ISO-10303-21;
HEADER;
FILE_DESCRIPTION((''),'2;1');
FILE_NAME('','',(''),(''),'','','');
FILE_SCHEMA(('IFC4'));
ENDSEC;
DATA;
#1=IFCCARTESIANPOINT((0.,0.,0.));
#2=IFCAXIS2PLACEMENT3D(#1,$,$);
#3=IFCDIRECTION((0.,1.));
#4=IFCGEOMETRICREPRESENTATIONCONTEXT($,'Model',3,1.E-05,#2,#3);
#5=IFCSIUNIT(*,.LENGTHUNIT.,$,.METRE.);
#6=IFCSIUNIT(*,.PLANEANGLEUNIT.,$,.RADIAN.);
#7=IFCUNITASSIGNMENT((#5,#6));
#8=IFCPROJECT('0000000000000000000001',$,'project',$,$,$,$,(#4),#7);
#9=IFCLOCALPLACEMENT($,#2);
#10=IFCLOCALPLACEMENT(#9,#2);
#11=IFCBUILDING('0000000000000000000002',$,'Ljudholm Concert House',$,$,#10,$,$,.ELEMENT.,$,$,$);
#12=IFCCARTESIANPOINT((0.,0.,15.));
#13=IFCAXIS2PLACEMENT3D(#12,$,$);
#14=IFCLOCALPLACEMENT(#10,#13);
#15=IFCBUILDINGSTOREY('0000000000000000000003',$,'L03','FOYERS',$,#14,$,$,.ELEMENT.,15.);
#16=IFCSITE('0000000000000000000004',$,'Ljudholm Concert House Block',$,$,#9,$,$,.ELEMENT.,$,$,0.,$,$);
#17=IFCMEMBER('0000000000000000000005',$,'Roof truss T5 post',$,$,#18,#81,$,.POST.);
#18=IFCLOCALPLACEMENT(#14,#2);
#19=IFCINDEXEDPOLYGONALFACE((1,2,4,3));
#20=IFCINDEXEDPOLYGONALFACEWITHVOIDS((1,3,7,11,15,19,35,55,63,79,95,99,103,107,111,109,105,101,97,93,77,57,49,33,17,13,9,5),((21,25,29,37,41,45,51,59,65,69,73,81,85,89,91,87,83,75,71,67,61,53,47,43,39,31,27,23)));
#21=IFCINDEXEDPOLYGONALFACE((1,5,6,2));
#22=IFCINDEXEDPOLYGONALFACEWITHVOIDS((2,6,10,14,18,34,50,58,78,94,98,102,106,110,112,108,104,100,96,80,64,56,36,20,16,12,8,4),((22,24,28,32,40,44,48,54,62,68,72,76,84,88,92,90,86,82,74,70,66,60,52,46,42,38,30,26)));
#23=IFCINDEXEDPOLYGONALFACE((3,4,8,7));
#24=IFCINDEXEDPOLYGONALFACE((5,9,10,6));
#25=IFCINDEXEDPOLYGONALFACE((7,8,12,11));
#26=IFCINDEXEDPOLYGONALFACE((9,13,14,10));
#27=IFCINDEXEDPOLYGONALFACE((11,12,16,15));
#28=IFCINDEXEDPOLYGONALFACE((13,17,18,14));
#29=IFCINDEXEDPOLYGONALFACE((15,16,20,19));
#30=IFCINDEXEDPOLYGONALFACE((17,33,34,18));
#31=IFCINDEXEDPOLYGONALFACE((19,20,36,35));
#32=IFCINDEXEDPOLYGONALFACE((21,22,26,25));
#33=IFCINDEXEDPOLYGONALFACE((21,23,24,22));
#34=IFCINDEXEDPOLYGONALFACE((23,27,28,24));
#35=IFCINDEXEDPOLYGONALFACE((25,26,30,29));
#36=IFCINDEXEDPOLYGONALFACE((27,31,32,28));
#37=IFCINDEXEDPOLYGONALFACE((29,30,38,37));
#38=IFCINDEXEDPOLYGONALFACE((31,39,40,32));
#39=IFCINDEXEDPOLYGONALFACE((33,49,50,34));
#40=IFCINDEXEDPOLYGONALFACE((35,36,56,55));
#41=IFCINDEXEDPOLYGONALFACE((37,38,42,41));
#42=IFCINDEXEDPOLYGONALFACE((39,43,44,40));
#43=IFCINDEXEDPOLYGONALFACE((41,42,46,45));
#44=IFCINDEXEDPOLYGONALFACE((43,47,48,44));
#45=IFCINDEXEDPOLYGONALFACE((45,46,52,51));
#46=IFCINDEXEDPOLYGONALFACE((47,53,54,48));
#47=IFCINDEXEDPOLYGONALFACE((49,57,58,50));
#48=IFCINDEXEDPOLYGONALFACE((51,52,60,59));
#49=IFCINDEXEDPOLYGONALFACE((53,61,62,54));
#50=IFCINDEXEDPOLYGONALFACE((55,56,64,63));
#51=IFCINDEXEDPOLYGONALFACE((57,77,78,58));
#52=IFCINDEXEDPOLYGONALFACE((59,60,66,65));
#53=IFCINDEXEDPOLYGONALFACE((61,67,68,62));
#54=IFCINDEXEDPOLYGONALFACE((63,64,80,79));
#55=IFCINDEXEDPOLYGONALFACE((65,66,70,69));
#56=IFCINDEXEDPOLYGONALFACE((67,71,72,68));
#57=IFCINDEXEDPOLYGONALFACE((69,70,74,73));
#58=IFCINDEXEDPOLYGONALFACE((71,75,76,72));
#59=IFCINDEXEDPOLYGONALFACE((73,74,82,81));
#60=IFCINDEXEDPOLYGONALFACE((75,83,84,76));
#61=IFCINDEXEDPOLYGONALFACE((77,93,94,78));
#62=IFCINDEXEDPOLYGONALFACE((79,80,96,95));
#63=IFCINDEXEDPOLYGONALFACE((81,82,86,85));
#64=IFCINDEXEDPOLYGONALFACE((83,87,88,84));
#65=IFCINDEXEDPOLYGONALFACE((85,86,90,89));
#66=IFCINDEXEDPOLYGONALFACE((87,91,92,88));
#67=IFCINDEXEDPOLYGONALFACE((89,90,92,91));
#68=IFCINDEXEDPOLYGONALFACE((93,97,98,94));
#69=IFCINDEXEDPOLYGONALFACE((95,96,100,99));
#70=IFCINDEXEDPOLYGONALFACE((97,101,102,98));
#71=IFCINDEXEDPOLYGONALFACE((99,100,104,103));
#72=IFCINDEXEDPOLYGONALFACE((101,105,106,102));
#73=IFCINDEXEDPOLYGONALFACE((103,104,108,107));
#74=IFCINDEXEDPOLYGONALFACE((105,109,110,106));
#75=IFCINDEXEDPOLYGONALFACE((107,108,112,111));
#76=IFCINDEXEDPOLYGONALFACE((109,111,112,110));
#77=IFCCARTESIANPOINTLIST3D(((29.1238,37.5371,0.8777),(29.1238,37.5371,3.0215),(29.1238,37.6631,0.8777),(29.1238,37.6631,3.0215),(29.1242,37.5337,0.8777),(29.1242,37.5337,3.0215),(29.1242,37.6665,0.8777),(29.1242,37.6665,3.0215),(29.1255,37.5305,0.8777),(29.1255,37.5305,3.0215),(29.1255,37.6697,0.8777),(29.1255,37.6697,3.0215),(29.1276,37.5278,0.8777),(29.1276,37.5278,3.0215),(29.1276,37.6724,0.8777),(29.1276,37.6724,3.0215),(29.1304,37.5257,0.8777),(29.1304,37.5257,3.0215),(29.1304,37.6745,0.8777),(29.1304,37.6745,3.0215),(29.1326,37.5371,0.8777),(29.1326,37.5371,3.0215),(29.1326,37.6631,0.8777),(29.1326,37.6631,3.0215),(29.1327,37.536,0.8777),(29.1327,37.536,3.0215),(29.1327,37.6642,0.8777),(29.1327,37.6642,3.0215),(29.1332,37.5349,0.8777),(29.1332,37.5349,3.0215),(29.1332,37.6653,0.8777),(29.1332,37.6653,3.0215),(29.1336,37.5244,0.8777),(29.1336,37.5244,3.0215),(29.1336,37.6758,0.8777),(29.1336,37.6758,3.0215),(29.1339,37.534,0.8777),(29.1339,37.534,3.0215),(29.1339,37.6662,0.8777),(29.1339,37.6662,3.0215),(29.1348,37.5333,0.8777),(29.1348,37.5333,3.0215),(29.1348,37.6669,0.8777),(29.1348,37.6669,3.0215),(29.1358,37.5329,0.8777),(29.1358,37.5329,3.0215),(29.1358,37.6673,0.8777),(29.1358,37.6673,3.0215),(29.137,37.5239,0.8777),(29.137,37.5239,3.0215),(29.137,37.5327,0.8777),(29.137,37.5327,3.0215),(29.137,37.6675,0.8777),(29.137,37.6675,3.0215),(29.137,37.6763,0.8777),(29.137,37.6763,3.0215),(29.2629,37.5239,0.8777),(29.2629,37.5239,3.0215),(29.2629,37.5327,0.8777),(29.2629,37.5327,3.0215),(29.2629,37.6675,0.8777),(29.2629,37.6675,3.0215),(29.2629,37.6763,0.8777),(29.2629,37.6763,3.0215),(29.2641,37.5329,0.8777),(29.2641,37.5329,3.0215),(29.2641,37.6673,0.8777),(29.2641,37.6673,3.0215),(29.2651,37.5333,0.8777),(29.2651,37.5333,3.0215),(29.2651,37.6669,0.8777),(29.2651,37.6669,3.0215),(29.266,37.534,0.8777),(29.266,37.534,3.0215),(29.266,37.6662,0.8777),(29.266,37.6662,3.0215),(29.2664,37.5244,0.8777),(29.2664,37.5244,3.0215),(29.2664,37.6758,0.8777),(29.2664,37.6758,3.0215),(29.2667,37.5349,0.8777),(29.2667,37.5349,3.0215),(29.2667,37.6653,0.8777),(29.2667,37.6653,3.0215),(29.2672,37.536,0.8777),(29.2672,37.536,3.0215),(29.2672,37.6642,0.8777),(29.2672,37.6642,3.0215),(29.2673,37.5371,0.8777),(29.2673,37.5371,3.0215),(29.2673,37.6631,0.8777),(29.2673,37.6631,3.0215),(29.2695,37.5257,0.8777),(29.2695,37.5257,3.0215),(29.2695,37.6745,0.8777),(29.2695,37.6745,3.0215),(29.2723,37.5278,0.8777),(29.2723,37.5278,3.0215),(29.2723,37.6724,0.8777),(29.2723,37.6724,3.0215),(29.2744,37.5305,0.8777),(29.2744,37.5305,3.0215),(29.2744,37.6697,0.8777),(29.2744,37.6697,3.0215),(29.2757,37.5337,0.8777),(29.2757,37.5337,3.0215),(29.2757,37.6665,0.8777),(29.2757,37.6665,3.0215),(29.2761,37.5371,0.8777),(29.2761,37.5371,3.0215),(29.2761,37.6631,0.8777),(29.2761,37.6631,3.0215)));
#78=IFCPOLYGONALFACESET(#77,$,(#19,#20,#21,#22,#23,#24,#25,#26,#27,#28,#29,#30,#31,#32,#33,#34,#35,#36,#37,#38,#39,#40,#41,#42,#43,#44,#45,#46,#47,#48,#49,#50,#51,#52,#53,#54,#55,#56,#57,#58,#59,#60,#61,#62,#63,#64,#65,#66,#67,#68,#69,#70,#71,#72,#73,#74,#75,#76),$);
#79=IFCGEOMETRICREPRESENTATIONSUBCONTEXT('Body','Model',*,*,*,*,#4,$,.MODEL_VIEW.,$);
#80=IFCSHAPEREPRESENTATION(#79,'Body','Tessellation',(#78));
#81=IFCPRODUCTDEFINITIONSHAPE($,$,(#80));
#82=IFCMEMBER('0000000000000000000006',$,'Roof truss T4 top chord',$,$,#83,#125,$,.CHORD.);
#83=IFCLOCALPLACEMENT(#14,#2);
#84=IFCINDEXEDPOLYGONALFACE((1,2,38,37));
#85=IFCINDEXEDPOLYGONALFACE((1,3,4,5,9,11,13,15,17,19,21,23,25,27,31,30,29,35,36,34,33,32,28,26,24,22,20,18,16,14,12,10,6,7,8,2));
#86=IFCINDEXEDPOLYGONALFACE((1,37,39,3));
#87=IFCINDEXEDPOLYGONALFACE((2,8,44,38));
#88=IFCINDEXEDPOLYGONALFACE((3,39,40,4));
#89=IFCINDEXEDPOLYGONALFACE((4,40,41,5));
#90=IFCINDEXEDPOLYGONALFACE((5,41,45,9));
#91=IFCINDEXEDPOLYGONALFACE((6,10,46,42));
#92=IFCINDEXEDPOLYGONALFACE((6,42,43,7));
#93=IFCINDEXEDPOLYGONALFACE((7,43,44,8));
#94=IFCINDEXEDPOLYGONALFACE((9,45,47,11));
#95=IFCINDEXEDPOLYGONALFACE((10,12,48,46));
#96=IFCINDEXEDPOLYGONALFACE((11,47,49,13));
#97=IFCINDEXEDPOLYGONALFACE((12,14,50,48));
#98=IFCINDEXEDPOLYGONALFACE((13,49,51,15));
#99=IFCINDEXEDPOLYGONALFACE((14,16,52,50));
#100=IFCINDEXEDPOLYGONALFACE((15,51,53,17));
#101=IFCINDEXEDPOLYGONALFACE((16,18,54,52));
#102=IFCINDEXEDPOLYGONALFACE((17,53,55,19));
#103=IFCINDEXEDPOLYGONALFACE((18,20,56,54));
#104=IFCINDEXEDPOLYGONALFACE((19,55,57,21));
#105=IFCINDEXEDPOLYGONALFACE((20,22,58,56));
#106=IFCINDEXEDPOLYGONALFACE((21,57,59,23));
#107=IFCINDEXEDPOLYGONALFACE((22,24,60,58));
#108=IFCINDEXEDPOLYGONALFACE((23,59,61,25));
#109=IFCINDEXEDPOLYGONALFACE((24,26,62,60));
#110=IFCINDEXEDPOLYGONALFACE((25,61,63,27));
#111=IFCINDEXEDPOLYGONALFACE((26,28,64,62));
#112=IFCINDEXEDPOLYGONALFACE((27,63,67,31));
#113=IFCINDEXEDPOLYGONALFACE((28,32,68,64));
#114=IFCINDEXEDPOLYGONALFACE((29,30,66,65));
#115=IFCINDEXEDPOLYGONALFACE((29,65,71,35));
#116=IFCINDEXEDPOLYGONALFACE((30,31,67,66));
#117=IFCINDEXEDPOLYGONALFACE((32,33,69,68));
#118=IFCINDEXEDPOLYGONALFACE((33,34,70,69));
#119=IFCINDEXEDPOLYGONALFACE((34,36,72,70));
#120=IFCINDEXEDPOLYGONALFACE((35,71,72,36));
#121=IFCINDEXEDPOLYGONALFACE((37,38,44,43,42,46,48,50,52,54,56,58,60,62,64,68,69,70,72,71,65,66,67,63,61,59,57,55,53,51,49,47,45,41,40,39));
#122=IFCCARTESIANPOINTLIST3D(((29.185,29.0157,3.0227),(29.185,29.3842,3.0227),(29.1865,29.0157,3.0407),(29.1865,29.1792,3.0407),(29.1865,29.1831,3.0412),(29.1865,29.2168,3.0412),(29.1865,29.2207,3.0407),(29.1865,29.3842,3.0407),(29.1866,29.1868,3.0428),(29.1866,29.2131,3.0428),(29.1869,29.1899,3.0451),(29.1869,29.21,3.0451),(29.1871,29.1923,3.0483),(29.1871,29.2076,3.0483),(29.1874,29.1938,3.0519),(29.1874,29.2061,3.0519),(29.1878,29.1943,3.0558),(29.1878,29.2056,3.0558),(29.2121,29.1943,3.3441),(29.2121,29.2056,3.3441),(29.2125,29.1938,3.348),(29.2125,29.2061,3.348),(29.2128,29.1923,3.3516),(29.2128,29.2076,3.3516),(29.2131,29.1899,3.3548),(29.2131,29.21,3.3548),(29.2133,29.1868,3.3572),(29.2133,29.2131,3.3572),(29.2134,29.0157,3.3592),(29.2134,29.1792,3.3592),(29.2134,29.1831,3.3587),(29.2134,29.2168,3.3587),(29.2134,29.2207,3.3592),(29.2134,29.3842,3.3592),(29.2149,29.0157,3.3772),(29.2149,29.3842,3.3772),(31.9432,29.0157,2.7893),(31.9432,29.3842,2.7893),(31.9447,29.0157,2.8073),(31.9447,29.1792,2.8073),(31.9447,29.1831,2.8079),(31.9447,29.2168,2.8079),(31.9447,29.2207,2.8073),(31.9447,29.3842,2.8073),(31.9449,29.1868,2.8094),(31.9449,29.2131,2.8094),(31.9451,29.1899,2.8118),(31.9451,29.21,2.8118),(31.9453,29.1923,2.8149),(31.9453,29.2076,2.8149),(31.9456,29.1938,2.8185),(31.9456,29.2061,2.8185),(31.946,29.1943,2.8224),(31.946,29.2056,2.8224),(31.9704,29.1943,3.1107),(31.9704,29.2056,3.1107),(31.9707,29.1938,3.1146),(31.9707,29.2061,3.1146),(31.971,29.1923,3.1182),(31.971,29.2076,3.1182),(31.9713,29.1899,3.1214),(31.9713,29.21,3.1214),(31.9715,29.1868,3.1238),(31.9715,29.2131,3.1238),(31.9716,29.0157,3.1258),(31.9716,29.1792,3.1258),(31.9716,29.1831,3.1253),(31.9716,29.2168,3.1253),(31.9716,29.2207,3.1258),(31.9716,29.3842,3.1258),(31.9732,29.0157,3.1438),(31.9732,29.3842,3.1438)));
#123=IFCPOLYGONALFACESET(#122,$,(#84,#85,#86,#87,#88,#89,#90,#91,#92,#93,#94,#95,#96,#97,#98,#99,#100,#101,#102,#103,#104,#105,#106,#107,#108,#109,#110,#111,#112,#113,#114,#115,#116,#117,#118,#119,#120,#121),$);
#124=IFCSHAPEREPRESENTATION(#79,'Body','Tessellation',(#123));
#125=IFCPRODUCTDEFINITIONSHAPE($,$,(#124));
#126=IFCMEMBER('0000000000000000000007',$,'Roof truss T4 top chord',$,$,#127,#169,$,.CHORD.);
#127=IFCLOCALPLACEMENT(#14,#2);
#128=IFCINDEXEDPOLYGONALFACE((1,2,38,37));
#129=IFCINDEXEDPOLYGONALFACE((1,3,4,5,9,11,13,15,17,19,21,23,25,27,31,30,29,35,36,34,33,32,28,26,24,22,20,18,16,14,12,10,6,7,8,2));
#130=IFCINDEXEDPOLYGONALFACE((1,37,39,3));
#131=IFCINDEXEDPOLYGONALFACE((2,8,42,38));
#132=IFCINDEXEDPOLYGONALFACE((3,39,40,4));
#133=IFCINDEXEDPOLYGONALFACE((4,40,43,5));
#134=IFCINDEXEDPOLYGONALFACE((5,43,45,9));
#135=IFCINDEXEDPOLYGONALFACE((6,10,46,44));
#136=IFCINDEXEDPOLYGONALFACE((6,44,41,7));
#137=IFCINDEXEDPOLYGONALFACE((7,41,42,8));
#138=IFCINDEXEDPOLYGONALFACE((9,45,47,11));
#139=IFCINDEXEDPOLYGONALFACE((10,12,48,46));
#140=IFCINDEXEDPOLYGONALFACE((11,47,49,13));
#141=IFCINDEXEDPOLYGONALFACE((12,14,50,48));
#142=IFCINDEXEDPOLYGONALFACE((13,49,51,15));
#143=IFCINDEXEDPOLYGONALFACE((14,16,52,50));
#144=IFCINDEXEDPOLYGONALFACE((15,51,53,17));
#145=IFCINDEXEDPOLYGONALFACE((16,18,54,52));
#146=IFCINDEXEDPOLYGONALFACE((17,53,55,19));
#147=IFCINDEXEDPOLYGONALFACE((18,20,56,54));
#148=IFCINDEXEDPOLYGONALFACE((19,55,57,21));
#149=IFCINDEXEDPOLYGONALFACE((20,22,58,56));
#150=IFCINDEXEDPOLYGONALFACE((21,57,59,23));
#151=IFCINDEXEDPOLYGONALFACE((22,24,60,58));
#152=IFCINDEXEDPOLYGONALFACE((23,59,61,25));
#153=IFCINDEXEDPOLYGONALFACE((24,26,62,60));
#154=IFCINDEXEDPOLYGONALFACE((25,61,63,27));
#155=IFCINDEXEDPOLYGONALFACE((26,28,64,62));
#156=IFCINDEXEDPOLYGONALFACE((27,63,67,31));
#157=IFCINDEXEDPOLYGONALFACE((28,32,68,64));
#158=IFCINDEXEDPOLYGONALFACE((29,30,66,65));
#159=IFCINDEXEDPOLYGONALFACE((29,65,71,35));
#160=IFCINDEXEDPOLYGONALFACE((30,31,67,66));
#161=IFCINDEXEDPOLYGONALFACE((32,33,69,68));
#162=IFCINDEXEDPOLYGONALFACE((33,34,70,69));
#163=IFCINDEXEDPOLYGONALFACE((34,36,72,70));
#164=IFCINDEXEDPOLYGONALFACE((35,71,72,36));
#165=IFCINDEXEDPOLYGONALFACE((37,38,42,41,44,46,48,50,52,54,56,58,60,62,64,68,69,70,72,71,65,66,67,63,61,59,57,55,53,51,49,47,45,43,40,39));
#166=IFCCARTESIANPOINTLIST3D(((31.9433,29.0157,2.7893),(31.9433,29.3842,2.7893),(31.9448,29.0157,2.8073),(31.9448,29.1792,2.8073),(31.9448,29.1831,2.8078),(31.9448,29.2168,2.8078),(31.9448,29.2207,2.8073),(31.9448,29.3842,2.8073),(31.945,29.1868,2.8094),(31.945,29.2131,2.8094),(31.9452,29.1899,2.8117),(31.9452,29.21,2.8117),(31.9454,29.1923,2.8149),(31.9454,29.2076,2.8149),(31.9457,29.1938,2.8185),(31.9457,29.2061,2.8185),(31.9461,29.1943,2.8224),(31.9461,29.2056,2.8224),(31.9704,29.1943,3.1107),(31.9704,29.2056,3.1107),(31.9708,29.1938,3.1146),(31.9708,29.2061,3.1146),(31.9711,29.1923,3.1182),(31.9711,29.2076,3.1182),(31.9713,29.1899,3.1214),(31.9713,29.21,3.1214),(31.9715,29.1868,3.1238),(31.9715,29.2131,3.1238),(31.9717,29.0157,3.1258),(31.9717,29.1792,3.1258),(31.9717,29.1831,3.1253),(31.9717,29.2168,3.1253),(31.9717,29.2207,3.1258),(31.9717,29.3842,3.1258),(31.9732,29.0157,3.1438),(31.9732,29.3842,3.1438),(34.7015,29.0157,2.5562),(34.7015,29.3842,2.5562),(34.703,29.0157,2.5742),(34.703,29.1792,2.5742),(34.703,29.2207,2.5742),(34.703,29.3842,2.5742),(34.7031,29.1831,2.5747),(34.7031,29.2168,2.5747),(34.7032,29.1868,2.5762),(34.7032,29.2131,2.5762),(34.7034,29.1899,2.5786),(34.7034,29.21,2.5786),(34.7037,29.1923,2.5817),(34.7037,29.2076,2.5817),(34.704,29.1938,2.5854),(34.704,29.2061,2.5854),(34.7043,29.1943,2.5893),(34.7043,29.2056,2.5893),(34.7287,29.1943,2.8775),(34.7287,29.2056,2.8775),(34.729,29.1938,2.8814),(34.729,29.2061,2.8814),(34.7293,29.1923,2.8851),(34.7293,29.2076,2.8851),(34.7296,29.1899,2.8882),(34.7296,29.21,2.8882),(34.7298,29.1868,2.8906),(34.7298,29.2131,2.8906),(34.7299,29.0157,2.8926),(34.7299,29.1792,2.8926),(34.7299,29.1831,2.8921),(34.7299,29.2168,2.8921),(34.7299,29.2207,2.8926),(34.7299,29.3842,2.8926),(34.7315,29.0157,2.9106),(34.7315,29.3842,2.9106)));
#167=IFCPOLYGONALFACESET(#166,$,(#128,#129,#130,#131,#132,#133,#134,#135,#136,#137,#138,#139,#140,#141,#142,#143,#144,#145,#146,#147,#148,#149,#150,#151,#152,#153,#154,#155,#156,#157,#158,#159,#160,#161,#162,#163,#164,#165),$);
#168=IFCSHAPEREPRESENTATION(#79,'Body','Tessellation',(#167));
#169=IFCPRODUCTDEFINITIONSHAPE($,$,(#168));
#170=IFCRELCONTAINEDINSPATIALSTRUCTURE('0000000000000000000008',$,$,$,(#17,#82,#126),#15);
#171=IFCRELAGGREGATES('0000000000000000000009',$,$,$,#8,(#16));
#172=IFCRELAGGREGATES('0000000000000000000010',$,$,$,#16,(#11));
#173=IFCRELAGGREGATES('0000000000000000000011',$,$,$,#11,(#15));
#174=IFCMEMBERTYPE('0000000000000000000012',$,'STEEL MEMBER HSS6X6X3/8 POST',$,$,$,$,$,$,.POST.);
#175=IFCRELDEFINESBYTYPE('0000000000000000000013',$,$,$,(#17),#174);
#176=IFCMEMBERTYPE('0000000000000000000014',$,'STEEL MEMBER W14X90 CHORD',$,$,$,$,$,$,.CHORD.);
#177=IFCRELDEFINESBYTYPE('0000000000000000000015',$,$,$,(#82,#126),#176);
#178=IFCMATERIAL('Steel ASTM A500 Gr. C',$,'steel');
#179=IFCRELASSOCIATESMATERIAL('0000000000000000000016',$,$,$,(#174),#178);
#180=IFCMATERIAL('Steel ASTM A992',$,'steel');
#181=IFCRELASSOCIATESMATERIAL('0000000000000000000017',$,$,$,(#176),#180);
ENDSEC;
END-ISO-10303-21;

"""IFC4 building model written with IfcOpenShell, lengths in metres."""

from ifc_helpers import new_model, si_unit, direction, frame, origin, origin_2d, place, context, subcontext, project, spatial, hollow_rectangle, i_section, extrude, material, material_profile, profile_set, type_object, element, save


model = new_model("IFC4")

# Units and contexts
model_context = context("Model", 3, precision=1e-05, world=origin(), true_north=direction((0.0, 1.0)))
body_context = subcontext(model_context, "Body", "Model", "MODEL_VIEW")
ifc_project = project(units=[si_unit("LENGTHUNIT", "METRE"), si_unit("PLANEANGLEUNIT", "RADIAN")], contexts=[model_context])

# Site, building, storey
site_placement = place(None, origin())
site = spatial("IfcSite", under=ifc_project, at=site_placement, Name="Ljudholm Concert House Block", CompositionType="ELEMENT", RefElevation=0.0)
building_placement = place(site_placement, origin())
building = spatial("IfcBuilding", under=site, at=building_placement, Name="Ljudholm Concert House", CompositionType="ELEMENT")
storey_placement = place(building_placement, frame((0.0, 0.0, 15.0)))
storey = spatial("IfcBuildingStorey", under=building, at=storey_placement, Name="L03", Description="FOYERS", CompositionType="ELEMENT", Elevation=15.0)

# Members
ifc_material_1 = material(Name="Steel ASTM A500 Gr. C", Category="steel")
ifc_material_profile_1 = material_profile(ifc_material_1, hollow_rectangle(XDim=0.1523, YDim=0.1523, WallThickness=0.0088, InnerFilletRadius=0.0044, OuterFilletRadius=0.0132, at=origin_2d()), Name="HSS6X6X3/8")
ifc_profile_set_1 = profile_set([ifc_material_profile_1], Name="Steel ASTM A500 Gr. C")
member_type_1 = type_object("IfcMemberType", Name="STEEL MEMBER HSS6X6X3/8 POST", PredefinedType="POST", material=ifc_profile_set_1)
member_1_placement = place(storey_placement, frame((29.2, 37.6001, 0.8777), z_axis=(0.0, 0.0, 1.0), x_axis=(1.0, 0.0, 0.0)))
element("IfcMember", 1, at=member_1_placement, inside=storey, type_object=member_type_1, Name="Roof truss T5 post", PredefinedType="POST", context=body_context, shape_type="SweptSolid", body=[
    extrude(hollow_rectangle(XDim=0.1523, YDim=0.1523, WallThickness=0.0088, InnerFilletRadius=0.0044, OuterFilletRadius=0.0132, at=origin_2d()), origin(), (0.0, 0.0, 1.0), 2.1438),
])
ifc_material_2 = material(Name="Steel ASTM A992", Category="steel")
ifc_material_profile_2 = material_profile(ifc_material_2, i_section(OverallWidth=0.3684, OverallDepth=0.3557, WebThickness=0.0112, FlangeThickness=0.0181, FilletRadius=0.0151, at=origin_2d()), Name="W14X90")
ifc_profile_set_2 = profile_set([ifc_material_profile_2], Name="Steel ASTM A992")
member_type_2 = type_object("IfcMemberType", Name="STEEL MEMBER W14X90 CHORD", PredefinedType="CHORD", material=ifc_profile_set_2)
for number, where, z_axis, x_axis, name in (
    (2, (29.2, 29.2, 3.2), (0.996439, 0.0, -0.084315), (0.0, 1.0, 0.0), "Roof truss T4 top chord"),
    (3, (31.9583, 29.2, 2.9666), (0.996447, 0.0, -0.084228), (0.0, 1.0, 0.0), "Roof truss T4 top chord"),
):
    element("IfcMember", number, at=place(storey_placement, frame(where, z_axis=z_axis, x_axis=x_axis)), inside=storey, type_object=member_type_2, Name=name, PredefinedType="CHORD", context=body_context, shape_type="SweptSolid", body=[
        extrude(i_section(OverallWidth=0.3684, OverallDepth=0.3557, WebThickness=0.0112, FlangeThickness=0.0181, FilletRadius=0.0151, at=origin_2d()), origin(), (0.0, 0.0, 1.0), 2.7681),
    ])

save(model, "model.ifc")
